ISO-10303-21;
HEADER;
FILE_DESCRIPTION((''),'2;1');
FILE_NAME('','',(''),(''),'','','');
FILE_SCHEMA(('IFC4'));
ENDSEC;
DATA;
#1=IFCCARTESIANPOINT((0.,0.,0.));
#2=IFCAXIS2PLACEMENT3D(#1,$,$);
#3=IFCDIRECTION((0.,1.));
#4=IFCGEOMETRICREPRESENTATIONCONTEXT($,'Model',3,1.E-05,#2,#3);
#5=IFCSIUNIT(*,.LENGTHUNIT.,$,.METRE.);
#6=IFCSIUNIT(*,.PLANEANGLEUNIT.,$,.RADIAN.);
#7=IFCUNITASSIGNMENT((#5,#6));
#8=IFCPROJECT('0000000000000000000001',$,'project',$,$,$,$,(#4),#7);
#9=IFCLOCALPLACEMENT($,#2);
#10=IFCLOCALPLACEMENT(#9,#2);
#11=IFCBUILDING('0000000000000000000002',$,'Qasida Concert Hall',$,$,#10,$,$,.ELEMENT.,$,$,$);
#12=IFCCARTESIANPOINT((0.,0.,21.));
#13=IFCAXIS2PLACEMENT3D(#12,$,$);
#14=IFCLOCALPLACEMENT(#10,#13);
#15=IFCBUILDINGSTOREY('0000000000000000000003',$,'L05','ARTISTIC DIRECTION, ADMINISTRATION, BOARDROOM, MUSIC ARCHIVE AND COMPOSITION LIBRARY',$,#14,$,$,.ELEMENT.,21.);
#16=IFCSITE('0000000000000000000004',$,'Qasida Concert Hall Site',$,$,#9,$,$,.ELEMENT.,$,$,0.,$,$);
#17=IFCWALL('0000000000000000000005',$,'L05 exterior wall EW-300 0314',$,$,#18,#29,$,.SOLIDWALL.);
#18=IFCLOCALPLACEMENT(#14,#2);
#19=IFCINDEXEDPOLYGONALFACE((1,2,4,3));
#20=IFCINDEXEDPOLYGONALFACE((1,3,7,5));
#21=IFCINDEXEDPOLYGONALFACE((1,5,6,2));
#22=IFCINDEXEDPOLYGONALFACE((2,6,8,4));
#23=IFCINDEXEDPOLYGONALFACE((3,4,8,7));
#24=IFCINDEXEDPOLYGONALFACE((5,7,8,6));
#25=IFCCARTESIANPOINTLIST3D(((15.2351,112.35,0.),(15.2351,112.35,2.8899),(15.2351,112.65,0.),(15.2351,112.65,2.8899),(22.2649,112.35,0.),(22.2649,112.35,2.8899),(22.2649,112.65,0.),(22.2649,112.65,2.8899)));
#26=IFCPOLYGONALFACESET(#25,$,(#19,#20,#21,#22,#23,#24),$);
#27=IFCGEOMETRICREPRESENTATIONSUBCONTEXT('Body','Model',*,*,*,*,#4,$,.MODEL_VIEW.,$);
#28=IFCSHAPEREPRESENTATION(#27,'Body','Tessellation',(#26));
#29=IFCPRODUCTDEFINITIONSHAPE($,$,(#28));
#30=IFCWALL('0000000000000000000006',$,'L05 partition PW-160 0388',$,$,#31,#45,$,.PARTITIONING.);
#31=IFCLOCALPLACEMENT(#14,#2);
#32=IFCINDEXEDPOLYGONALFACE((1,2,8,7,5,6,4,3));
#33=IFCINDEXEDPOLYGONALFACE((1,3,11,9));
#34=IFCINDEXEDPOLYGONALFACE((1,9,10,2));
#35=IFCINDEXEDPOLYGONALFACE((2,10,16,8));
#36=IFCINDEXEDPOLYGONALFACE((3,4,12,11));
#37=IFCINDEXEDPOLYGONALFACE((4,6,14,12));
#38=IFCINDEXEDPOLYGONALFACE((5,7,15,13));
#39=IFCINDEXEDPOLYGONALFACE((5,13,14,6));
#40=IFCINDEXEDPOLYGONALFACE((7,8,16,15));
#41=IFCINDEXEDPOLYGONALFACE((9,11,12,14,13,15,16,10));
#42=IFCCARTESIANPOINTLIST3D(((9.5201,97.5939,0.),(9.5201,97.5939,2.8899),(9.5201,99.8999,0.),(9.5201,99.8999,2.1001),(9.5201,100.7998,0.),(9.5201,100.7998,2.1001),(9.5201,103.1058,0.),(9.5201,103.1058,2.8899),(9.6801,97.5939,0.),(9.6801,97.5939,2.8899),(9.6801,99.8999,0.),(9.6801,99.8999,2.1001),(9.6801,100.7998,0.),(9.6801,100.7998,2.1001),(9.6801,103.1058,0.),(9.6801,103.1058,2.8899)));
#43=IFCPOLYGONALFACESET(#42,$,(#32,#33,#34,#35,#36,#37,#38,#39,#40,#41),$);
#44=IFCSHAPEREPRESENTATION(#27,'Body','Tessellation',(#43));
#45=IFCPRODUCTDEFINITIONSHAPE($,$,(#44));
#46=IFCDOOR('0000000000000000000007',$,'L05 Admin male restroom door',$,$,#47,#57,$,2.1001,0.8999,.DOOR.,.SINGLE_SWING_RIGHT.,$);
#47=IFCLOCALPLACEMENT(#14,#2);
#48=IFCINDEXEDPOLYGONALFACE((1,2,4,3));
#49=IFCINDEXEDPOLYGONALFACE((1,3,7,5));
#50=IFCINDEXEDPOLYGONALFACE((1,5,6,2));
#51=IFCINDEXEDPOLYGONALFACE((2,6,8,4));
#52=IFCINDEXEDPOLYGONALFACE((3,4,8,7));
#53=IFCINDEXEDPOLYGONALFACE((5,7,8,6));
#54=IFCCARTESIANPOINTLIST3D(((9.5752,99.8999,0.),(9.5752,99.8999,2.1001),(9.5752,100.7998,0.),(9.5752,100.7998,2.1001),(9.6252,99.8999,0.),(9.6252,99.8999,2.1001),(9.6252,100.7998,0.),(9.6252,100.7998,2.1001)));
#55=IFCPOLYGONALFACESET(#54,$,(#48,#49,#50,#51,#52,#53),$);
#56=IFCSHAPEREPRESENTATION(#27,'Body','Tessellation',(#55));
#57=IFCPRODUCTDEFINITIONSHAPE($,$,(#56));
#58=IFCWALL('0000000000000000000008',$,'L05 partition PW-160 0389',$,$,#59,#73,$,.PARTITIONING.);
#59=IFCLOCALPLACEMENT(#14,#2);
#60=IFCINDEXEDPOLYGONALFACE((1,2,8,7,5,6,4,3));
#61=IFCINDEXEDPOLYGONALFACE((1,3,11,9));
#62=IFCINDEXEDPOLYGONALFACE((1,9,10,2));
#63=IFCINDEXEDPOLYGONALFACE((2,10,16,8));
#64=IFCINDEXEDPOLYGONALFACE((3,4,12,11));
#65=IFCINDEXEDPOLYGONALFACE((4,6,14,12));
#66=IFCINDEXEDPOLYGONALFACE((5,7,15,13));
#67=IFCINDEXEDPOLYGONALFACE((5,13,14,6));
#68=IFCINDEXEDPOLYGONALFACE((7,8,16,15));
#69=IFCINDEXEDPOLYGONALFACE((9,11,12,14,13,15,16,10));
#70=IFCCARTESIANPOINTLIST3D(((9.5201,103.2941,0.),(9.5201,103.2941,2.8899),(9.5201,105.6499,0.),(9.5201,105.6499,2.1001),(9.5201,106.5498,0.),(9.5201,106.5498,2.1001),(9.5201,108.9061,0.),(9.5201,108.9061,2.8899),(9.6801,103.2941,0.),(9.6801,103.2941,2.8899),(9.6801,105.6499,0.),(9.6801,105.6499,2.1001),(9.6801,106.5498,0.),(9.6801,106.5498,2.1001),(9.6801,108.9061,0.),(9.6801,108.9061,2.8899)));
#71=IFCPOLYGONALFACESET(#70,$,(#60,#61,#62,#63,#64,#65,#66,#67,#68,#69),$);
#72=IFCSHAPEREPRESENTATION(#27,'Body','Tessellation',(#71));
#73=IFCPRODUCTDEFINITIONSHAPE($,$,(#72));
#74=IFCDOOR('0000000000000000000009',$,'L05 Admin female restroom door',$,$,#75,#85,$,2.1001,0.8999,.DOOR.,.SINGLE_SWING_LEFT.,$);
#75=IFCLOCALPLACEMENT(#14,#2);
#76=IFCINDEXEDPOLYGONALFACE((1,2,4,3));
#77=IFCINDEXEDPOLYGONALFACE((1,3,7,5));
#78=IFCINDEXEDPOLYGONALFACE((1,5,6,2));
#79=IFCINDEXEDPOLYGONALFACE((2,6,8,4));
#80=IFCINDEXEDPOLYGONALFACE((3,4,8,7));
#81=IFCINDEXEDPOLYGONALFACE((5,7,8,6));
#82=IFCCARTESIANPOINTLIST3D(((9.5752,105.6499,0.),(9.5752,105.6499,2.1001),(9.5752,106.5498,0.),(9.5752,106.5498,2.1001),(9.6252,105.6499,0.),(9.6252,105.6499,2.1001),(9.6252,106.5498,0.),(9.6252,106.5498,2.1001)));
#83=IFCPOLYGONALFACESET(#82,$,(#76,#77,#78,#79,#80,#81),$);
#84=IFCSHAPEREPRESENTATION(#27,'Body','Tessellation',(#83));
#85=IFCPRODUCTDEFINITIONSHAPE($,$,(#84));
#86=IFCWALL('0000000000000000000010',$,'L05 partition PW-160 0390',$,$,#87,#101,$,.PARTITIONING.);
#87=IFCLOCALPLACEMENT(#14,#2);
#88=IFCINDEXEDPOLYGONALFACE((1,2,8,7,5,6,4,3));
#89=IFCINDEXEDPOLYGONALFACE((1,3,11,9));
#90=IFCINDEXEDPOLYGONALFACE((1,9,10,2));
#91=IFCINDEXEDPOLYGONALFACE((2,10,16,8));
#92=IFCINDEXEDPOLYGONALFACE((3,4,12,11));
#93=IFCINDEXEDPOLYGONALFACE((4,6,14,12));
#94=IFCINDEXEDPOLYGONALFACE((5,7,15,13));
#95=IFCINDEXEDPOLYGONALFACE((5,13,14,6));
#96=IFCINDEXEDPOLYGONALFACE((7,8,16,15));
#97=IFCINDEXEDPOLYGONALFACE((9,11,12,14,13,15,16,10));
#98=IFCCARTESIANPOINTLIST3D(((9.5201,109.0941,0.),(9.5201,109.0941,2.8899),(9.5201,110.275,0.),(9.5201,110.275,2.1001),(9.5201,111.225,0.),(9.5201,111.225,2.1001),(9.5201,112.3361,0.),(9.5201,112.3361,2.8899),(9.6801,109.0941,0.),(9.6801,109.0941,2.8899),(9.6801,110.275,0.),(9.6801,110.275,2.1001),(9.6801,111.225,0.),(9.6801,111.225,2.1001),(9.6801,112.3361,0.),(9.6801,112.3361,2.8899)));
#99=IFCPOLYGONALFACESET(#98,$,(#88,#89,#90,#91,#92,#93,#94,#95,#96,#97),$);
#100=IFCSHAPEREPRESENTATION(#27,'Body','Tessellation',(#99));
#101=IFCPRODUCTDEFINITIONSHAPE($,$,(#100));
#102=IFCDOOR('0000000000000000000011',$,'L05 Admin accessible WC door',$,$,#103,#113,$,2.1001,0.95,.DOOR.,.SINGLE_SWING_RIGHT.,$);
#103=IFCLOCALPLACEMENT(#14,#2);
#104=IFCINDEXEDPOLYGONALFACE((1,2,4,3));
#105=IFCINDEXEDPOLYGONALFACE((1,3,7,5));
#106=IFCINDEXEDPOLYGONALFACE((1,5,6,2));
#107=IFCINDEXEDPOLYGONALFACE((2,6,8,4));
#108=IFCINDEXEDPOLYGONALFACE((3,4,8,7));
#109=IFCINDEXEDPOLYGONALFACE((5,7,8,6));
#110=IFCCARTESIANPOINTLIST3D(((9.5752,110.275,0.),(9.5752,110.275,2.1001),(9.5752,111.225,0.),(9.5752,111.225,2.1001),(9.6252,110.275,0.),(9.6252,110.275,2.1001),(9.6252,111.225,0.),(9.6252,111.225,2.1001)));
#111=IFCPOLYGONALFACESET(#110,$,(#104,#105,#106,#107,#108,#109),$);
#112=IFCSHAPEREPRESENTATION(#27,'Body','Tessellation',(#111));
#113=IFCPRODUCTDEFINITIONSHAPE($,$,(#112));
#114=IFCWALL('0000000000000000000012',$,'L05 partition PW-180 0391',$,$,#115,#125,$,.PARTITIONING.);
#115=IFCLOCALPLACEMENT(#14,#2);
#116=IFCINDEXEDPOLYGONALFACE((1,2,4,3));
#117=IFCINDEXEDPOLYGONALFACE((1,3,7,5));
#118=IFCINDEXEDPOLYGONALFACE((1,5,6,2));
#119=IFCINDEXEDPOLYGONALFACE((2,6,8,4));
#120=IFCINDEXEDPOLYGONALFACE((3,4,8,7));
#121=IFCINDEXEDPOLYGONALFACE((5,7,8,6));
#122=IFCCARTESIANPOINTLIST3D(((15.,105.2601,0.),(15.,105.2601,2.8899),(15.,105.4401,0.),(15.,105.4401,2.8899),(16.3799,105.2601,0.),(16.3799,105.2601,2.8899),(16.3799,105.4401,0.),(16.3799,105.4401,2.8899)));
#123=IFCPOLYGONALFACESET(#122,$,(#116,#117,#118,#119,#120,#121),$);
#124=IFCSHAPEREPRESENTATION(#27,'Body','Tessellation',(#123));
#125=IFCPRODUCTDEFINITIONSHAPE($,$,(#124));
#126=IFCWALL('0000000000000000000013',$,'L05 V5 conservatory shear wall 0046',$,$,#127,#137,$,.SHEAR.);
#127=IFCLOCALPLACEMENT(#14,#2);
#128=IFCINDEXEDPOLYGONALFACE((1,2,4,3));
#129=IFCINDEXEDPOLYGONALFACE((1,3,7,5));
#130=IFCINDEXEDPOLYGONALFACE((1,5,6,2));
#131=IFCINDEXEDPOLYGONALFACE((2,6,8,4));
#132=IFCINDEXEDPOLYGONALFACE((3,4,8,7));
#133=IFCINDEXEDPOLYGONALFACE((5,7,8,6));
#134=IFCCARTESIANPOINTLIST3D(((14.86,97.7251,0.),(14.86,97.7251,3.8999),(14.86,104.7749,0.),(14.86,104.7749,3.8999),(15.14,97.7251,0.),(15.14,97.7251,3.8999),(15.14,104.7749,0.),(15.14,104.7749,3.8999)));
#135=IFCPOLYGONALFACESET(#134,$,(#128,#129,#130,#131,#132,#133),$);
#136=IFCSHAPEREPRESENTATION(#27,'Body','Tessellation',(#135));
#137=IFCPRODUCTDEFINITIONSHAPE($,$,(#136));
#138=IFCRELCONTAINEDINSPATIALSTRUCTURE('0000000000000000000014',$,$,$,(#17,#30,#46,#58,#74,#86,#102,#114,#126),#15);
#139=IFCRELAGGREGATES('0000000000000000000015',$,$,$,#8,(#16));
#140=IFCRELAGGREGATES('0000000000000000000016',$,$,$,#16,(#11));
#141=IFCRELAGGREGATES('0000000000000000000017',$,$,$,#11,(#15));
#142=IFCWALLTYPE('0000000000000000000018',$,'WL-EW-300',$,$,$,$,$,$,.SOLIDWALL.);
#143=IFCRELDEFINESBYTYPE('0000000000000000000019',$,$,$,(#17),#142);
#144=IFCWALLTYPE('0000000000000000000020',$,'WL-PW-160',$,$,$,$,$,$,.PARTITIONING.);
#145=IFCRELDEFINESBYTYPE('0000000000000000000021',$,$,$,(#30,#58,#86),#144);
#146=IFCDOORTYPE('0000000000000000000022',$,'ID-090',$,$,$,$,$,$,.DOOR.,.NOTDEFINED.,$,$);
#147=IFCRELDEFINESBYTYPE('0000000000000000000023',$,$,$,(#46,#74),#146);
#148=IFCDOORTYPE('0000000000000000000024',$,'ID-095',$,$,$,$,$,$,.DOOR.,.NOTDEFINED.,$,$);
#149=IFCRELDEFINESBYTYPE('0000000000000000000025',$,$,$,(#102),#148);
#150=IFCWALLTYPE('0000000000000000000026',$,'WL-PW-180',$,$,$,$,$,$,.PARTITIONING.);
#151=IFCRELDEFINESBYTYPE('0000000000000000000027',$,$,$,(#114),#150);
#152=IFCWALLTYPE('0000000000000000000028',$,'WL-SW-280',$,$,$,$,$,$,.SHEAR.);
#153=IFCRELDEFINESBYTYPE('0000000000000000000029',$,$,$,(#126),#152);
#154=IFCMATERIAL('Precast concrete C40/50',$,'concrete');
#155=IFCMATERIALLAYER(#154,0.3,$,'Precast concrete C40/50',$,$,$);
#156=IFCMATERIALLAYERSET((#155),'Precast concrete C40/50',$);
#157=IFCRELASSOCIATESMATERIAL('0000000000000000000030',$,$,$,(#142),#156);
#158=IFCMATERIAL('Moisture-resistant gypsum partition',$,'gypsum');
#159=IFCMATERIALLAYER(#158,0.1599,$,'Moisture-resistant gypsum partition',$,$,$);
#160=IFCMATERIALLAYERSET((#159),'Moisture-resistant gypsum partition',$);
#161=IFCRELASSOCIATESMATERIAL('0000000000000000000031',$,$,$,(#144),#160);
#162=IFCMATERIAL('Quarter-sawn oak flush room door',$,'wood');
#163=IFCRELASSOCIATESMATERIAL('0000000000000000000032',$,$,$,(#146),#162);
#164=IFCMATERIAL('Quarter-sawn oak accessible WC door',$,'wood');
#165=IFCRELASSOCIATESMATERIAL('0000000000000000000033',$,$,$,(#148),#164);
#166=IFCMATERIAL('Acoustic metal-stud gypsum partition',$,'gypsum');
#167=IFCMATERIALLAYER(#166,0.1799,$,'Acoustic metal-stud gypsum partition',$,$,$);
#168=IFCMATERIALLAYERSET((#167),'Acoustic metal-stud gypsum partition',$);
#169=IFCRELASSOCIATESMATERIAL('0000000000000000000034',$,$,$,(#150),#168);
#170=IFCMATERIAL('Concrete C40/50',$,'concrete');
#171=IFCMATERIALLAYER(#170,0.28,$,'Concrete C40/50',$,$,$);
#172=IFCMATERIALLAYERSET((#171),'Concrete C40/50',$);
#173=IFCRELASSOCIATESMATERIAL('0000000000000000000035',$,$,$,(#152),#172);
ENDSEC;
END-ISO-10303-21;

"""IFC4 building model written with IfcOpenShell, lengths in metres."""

from ifc_helpers import new_model, si_unit, direction, frame, frame_2d, origin, place, context, subcontext, project, spatial, rectangle, extrude, material, layer, layer_set, type_object, element, fill, save


model = new_model("IFC4")

# Units and contexts
model_context = context("Model", 3, precision=1e-05, world=origin(), true_north=direction((0.0, 1.0)))
body_context = subcontext(model_context, "Body", "Model", "MODEL_VIEW")
ifc_project = project(units=[si_unit("LENGTHUNIT", "METRE"), si_unit("PLANEANGLEUNIT", "RADIAN")], contexts=[model_context])

# Site, building, storey
site_placement = place(None, origin())
site = spatial("IfcSite", under=ifc_project, at=site_placement, Name="Qasida Concert Hall Site", CompositionType="ELEMENT", RefElevation=0.0)
building_placement = place(site_placement, origin())
building = spatial("IfcBuilding", under=site, at=building_placement, Name="Qasida Concert Hall", CompositionType="ELEMENT")
storey_placement = place(building_placement, frame((0.0, 0.0, 21.0)))
storey = spatial("IfcBuildingStorey", under=building, at=storey_placement, Name="L05", Description="ARTISTIC DIRECTION, ADMINISTRATION, BOARDROOM, MUSIC ARCHIVE AND COMPOSITION LIBRARY", CompositionType="ELEMENT", Elevation=21.0)

# Shared definitions
ifc_material_1 = material(Name="Concrete C40/50", Category="concrete")

# Shared definitions
ifc_material_2 = material(Name="Precast concrete C40/50", Category="concrete")
ifc_layer_1 = layer(ifc_material_2, 0.3, Name="Precast concrete C40/50")
ifc_layer_set_1 = layer_set([ifc_layer_1], Name="Precast concrete C40/50")
wall_type_1 = type_object("IfcWallType", Name="WL-EW-300", PredefinedType="SOLIDWALL", material=ifc_layer_set_1)

# Wall
wall_1_placement = place(storey_placement, frame((15.2351, 112.5, 0.0), z_axis=(0.0, 0.0, 1.0), x_axis=(1.0, 0.0, 0.0)))
element("IfcWall", 1, at=wall_1_placement, inside=storey, type_object=wall_type_1, Name="L05 exterior wall EW-300 0314", PredefinedType="SOLIDWALL", context=body_context, shape_type="SweptSolid", body=[
    extrude(rectangle(XDim=7.0298, YDim=0.3, at=frame_2d((3.5149, 0.0))), origin(), (0.0, 0.0, 1.0), 2.8899),
])

# Walls, openings, doors
ifc_material_3 = material(Name="Moisture-resistant gypsum partition", Category="gypsum")
ifc_layer_2 = layer(ifc_material_3, 0.1599, Name="Moisture-resistant gypsum partition")
ifc_layer_set_2 = layer_set([ifc_layer_2], Name="Moisture-resistant gypsum partition")
wall_type_2 = type_object("IfcWallType", Name="WL-PW-160", PredefinedType="PARTITIONING", material=ifc_layer_set_2)
wall_2_placement = place(storey_placement, frame((9.6001, 97.594, 0.0), z_axis=(0.0, 0.0, 1.0), x_axis=(0.0, 1.0, 0.0)))
wall_2 = element("IfcWall", 2, at=wall_2_placement, inside=storey, type_object=wall_type_2, Name="L05 partition PW-160 0388", PredefinedType="PARTITIONING", context=body_context, shape_type="SweptSolid", body=[
    extrude(rectangle(XDim=5.512, YDim=0.1599, at=frame_2d((2.7559, 0.0))), origin(), (0.0, 0.0, 1.0), 2.8899),
])
opening_1_placement = place(wall_2_placement, frame((2.3059, 0.0, 0.0)))
opening_1 = element("IfcOpeningElement", 3, at=opening_1_placement, cuts=wall_2, PredefinedType="OPENING", context=body_context, shape_type="SweptSolid", body=[
    extrude(rectangle(XDim=0.8999, YDim=2.1001, at=frame_2d((0.45, 1.05))), frame((0.0, 0.0898, 0.0), z_axis=(0.0, -1.0, 0.0), x_axis=(1.0, 0.0, 0.0)), (0.0, 0.0, 1.0), 0.1799),
])
ifc_material_4 = material(Name="Quarter-sawn oak flush room door", Category="wood")
door_type_1 = type_object("IfcDoorType", Name="ID-090", OperationType="NOTDEFINED", PredefinedType="DOOR", material=ifc_material_4)
door_1_placement = place(opening_1_placement, origin())
door_1 = element("IfcDoor", 4, at=door_1_placement, inside=storey, type_object=door_type_1, Name="L05 Admin male restroom door", OperationType="SINGLE_SWING_RIGHT", OverallHeight=2.1001, OverallWidth=0.8999, PredefinedType="DOOR", context=body_context, shape_type="SweptSolid", body=[
    extrude(rectangle(XDim=0.8999, YDim=2.1001, at=frame_2d((0.45, 1.05))), frame((0.0, 0.0249, 0.0), z_axis=(0.0, -1.0, 0.0), x_axis=(1.0, 0.0, 0.0)), (0.0, 0.0, 1.0), 0.05),
])
fill(opening_1, door_1)
wall_3_placement = place(storey_placement, frame((9.6001, 103.2939, 0.0), z_axis=(0.0, 0.0, 1.0), x_axis=(0.0, 1.0, 0.0)))
wall_3 = element("IfcWall", 5, at=wall_3_placement, inside=storey, type_object=wall_type_2, Name="L05 partition PW-160 0389", PredefinedType="PARTITIONING", context=body_context, shape_type="SweptSolid", body=[
    extrude(rectangle(XDim=5.6121, YDim=0.1599, at=frame_2d((2.8062, 0.0))), origin(), (0.0, 0.0, 1.0), 2.8899),
])
opening_2_placement = place(wall_3_placement, frame((2.356, 0.0, 0.0)))
opening_2 = element("IfcOpeningElement", 6, at=opening_2_placement, cuts=wall_3, PredefinedType="OPENING", context=body_context, shape_type="SweptSolid", body=[
    extrude(rectangle(XDim=0.8999, YDim=2.1001, at=frame_2d((0.45, 1.05))), frame((0.0, 0.0898, 0.0), z_axis=(0.0, -1.0, 0.0), x_axis=(1.0, 0.0, 0.0)), (0.0, 0.0, 1.0), 0.1799),
])
door_2_placement = place(opening_2_placement, origin())
door_2 = element("IfcDoor", 7, at=door_2_placement, inside=storey, type_object=door_type_1, Name="L05 Admin female restroom door", OperationType="SINGLE_SWING_LEFT", OverallHeight=2.1001, OverallWidth=0.8999, PredefinedType="DOOR", context=body_context, shape_type="SweptSolid", body=[
    extrude(rectangle(XDim=0.8999, YDim=2.1001, at=frame_2d((0.45, 1.05))), frame((0.0, 0.0249, 0.0), z_axis=(0.0, -1.0, 0.0), x_axis=(1.0, 0.0, 0.0)), (0.0, 0.0, 1.0), 0.05),
])
fill(opening_2, door_2)
wall_4_placement = place(storey_placement, frame((9.6001, 109.094, 0.0), z_axis=(0.0, 0.0, 1.0), x_axis=(0.0, 1.0, 0.0)))
wall_4 = element("IfcWall", 8, at=wall_4_placement, inside=storey, type_object=wall_type_2, Name="L05 partition PW-160 0390", PredefinedType="PARTITIONING", context=body_context, shape_type="SweptSolid", body=[
    extrude(rectangle(XDim=3.2419, YDim=0.1599, at=frame_2d((1.6211, 0.0))), origin(), (0.0, 0.0, 1.0), 2.8899),
])
opening_3_placement = place(wall_4_placement, frame((1.1809, 0.0, 0.0)))
opening_3 = element("IfcOpeningElement", 9, at=opening_3_placement, cuts=wall_4, PredefinedType="OPENING", context=body_context, shape_type="SweptSolid", body=[
    extrude(rectangle(XDim=0.95, YDim=2.1001, at=frame_2d((0.4751, 1.05))), frame((0.0, 0.0898, 0.0), z_axis=(0.0, -1.0, 0.0), x_axis=(1.0, 0.0, 0.0)), (0.0, 0.0, 1.0), 0.1799),
])
ifc_material_5 = material(Name="Quarter-sawn oak accessible WC door", Category="wood")
door_type_2 = type_object("IfcDoorType", Name="ID-095", OperationType="NOTDEFINED", PredefinedType="DOOR", material=ifc_material_5)
door_3_placement = place(opening_3_placement, origin())
door_3 = element("IfcDoor", 10, at=door_3_placement, inside=storey, type_object=door_type_2, Name="L05 Admin accessible WC door", OperationType="SINGLE_SWING_RIGHT", OverallHeight=2.1001, OverallWidth=0.95, PredefinedType="DOOR", context=body_context, shape_type="SweptSolid", body=[
    extrude(rectangle(XDim=0.95, YDim=2.1001, at=frame_2d((0.4751, 1.05))), frame((0.0, 0.0249, 0.0), z_axis=(0.0, -1.0, 0.0), x_axis=(1.0, 0.0, 0.0)), (0.0, 0.0, 1.0), 0.05),
])
fill(opening_3, door_3)

# Walls
ifc_material_6 = material(Name="Acoustic metal-stud gypsum partition", Category="gypsum")
ifc_layer_3 = layer(ifc_material_6, 0.1799, Name="Acoustic metal-stud gypsum partition")
ifc_layer_set_3 = layer_set([ifc_layer_3], Name="Acoustic metal-stud gypsum partition")
wall_type_3 = type_object("IfcWallType", Name="WL-PW-180", PredefinedType="PARTITIONING", material=ifc_layer_set_3)
wall_5_placement = place(storey_placement, frame((15.0, 105.3501, 0.0), z_axis=(0.0, 0.0, 1.0), x_axis=(1.0, 0.0, 0.0)))
element("IfcWall", 11, at=wall_5_placement, inside=storey, type_object=wall_type_3, Name="L05 partition PW-180 0391", PredefinedType="PARTITIONING", context=body_context, shape_type="SweptSolid", body=[
    extrude(rectangle(XDim=1.3799, YDim=0.1799, at=frame_2d((0.6899, 0.0))), origin(), (0.0, 0.0, 1.0), 2.8899),
])
ifc_layer_4 = layer(ifc_material_1, 0.28, Name="Concrete C40/50")
ifc_layer_set_4 = layer_set([ifc_layer_4], Name="Concrete C40/50")
wall_type_4 = type_object("IfcWallType", Name="WL-SW-280", PredefinedType="SHEAR", material=ifc_layer_set_4)
wall_6_placement = place(storey_placement, frame((15.0, 97.7251, 0.0), z_axis=(0.0, 0.0, 1.0), x_axis=(0.0, 1.0, 0.0)))
element("IfcWall", 12, at=wall_6_placement, inside=storey, type_object=wall_type_4, Name="L05 V5 conservatory shear wall 0046", PredefinedType="SHEAR", context=body_context, shape_type="SweptSolid", body=[
    extrude(rectangle(XDim=7.0498, YDim=0.28, at=frame_2d((3.5249, 0.0))), origin(), (0.0, 0.0, 1.0), 3.8999),
])

save(model, "model.ifc")
